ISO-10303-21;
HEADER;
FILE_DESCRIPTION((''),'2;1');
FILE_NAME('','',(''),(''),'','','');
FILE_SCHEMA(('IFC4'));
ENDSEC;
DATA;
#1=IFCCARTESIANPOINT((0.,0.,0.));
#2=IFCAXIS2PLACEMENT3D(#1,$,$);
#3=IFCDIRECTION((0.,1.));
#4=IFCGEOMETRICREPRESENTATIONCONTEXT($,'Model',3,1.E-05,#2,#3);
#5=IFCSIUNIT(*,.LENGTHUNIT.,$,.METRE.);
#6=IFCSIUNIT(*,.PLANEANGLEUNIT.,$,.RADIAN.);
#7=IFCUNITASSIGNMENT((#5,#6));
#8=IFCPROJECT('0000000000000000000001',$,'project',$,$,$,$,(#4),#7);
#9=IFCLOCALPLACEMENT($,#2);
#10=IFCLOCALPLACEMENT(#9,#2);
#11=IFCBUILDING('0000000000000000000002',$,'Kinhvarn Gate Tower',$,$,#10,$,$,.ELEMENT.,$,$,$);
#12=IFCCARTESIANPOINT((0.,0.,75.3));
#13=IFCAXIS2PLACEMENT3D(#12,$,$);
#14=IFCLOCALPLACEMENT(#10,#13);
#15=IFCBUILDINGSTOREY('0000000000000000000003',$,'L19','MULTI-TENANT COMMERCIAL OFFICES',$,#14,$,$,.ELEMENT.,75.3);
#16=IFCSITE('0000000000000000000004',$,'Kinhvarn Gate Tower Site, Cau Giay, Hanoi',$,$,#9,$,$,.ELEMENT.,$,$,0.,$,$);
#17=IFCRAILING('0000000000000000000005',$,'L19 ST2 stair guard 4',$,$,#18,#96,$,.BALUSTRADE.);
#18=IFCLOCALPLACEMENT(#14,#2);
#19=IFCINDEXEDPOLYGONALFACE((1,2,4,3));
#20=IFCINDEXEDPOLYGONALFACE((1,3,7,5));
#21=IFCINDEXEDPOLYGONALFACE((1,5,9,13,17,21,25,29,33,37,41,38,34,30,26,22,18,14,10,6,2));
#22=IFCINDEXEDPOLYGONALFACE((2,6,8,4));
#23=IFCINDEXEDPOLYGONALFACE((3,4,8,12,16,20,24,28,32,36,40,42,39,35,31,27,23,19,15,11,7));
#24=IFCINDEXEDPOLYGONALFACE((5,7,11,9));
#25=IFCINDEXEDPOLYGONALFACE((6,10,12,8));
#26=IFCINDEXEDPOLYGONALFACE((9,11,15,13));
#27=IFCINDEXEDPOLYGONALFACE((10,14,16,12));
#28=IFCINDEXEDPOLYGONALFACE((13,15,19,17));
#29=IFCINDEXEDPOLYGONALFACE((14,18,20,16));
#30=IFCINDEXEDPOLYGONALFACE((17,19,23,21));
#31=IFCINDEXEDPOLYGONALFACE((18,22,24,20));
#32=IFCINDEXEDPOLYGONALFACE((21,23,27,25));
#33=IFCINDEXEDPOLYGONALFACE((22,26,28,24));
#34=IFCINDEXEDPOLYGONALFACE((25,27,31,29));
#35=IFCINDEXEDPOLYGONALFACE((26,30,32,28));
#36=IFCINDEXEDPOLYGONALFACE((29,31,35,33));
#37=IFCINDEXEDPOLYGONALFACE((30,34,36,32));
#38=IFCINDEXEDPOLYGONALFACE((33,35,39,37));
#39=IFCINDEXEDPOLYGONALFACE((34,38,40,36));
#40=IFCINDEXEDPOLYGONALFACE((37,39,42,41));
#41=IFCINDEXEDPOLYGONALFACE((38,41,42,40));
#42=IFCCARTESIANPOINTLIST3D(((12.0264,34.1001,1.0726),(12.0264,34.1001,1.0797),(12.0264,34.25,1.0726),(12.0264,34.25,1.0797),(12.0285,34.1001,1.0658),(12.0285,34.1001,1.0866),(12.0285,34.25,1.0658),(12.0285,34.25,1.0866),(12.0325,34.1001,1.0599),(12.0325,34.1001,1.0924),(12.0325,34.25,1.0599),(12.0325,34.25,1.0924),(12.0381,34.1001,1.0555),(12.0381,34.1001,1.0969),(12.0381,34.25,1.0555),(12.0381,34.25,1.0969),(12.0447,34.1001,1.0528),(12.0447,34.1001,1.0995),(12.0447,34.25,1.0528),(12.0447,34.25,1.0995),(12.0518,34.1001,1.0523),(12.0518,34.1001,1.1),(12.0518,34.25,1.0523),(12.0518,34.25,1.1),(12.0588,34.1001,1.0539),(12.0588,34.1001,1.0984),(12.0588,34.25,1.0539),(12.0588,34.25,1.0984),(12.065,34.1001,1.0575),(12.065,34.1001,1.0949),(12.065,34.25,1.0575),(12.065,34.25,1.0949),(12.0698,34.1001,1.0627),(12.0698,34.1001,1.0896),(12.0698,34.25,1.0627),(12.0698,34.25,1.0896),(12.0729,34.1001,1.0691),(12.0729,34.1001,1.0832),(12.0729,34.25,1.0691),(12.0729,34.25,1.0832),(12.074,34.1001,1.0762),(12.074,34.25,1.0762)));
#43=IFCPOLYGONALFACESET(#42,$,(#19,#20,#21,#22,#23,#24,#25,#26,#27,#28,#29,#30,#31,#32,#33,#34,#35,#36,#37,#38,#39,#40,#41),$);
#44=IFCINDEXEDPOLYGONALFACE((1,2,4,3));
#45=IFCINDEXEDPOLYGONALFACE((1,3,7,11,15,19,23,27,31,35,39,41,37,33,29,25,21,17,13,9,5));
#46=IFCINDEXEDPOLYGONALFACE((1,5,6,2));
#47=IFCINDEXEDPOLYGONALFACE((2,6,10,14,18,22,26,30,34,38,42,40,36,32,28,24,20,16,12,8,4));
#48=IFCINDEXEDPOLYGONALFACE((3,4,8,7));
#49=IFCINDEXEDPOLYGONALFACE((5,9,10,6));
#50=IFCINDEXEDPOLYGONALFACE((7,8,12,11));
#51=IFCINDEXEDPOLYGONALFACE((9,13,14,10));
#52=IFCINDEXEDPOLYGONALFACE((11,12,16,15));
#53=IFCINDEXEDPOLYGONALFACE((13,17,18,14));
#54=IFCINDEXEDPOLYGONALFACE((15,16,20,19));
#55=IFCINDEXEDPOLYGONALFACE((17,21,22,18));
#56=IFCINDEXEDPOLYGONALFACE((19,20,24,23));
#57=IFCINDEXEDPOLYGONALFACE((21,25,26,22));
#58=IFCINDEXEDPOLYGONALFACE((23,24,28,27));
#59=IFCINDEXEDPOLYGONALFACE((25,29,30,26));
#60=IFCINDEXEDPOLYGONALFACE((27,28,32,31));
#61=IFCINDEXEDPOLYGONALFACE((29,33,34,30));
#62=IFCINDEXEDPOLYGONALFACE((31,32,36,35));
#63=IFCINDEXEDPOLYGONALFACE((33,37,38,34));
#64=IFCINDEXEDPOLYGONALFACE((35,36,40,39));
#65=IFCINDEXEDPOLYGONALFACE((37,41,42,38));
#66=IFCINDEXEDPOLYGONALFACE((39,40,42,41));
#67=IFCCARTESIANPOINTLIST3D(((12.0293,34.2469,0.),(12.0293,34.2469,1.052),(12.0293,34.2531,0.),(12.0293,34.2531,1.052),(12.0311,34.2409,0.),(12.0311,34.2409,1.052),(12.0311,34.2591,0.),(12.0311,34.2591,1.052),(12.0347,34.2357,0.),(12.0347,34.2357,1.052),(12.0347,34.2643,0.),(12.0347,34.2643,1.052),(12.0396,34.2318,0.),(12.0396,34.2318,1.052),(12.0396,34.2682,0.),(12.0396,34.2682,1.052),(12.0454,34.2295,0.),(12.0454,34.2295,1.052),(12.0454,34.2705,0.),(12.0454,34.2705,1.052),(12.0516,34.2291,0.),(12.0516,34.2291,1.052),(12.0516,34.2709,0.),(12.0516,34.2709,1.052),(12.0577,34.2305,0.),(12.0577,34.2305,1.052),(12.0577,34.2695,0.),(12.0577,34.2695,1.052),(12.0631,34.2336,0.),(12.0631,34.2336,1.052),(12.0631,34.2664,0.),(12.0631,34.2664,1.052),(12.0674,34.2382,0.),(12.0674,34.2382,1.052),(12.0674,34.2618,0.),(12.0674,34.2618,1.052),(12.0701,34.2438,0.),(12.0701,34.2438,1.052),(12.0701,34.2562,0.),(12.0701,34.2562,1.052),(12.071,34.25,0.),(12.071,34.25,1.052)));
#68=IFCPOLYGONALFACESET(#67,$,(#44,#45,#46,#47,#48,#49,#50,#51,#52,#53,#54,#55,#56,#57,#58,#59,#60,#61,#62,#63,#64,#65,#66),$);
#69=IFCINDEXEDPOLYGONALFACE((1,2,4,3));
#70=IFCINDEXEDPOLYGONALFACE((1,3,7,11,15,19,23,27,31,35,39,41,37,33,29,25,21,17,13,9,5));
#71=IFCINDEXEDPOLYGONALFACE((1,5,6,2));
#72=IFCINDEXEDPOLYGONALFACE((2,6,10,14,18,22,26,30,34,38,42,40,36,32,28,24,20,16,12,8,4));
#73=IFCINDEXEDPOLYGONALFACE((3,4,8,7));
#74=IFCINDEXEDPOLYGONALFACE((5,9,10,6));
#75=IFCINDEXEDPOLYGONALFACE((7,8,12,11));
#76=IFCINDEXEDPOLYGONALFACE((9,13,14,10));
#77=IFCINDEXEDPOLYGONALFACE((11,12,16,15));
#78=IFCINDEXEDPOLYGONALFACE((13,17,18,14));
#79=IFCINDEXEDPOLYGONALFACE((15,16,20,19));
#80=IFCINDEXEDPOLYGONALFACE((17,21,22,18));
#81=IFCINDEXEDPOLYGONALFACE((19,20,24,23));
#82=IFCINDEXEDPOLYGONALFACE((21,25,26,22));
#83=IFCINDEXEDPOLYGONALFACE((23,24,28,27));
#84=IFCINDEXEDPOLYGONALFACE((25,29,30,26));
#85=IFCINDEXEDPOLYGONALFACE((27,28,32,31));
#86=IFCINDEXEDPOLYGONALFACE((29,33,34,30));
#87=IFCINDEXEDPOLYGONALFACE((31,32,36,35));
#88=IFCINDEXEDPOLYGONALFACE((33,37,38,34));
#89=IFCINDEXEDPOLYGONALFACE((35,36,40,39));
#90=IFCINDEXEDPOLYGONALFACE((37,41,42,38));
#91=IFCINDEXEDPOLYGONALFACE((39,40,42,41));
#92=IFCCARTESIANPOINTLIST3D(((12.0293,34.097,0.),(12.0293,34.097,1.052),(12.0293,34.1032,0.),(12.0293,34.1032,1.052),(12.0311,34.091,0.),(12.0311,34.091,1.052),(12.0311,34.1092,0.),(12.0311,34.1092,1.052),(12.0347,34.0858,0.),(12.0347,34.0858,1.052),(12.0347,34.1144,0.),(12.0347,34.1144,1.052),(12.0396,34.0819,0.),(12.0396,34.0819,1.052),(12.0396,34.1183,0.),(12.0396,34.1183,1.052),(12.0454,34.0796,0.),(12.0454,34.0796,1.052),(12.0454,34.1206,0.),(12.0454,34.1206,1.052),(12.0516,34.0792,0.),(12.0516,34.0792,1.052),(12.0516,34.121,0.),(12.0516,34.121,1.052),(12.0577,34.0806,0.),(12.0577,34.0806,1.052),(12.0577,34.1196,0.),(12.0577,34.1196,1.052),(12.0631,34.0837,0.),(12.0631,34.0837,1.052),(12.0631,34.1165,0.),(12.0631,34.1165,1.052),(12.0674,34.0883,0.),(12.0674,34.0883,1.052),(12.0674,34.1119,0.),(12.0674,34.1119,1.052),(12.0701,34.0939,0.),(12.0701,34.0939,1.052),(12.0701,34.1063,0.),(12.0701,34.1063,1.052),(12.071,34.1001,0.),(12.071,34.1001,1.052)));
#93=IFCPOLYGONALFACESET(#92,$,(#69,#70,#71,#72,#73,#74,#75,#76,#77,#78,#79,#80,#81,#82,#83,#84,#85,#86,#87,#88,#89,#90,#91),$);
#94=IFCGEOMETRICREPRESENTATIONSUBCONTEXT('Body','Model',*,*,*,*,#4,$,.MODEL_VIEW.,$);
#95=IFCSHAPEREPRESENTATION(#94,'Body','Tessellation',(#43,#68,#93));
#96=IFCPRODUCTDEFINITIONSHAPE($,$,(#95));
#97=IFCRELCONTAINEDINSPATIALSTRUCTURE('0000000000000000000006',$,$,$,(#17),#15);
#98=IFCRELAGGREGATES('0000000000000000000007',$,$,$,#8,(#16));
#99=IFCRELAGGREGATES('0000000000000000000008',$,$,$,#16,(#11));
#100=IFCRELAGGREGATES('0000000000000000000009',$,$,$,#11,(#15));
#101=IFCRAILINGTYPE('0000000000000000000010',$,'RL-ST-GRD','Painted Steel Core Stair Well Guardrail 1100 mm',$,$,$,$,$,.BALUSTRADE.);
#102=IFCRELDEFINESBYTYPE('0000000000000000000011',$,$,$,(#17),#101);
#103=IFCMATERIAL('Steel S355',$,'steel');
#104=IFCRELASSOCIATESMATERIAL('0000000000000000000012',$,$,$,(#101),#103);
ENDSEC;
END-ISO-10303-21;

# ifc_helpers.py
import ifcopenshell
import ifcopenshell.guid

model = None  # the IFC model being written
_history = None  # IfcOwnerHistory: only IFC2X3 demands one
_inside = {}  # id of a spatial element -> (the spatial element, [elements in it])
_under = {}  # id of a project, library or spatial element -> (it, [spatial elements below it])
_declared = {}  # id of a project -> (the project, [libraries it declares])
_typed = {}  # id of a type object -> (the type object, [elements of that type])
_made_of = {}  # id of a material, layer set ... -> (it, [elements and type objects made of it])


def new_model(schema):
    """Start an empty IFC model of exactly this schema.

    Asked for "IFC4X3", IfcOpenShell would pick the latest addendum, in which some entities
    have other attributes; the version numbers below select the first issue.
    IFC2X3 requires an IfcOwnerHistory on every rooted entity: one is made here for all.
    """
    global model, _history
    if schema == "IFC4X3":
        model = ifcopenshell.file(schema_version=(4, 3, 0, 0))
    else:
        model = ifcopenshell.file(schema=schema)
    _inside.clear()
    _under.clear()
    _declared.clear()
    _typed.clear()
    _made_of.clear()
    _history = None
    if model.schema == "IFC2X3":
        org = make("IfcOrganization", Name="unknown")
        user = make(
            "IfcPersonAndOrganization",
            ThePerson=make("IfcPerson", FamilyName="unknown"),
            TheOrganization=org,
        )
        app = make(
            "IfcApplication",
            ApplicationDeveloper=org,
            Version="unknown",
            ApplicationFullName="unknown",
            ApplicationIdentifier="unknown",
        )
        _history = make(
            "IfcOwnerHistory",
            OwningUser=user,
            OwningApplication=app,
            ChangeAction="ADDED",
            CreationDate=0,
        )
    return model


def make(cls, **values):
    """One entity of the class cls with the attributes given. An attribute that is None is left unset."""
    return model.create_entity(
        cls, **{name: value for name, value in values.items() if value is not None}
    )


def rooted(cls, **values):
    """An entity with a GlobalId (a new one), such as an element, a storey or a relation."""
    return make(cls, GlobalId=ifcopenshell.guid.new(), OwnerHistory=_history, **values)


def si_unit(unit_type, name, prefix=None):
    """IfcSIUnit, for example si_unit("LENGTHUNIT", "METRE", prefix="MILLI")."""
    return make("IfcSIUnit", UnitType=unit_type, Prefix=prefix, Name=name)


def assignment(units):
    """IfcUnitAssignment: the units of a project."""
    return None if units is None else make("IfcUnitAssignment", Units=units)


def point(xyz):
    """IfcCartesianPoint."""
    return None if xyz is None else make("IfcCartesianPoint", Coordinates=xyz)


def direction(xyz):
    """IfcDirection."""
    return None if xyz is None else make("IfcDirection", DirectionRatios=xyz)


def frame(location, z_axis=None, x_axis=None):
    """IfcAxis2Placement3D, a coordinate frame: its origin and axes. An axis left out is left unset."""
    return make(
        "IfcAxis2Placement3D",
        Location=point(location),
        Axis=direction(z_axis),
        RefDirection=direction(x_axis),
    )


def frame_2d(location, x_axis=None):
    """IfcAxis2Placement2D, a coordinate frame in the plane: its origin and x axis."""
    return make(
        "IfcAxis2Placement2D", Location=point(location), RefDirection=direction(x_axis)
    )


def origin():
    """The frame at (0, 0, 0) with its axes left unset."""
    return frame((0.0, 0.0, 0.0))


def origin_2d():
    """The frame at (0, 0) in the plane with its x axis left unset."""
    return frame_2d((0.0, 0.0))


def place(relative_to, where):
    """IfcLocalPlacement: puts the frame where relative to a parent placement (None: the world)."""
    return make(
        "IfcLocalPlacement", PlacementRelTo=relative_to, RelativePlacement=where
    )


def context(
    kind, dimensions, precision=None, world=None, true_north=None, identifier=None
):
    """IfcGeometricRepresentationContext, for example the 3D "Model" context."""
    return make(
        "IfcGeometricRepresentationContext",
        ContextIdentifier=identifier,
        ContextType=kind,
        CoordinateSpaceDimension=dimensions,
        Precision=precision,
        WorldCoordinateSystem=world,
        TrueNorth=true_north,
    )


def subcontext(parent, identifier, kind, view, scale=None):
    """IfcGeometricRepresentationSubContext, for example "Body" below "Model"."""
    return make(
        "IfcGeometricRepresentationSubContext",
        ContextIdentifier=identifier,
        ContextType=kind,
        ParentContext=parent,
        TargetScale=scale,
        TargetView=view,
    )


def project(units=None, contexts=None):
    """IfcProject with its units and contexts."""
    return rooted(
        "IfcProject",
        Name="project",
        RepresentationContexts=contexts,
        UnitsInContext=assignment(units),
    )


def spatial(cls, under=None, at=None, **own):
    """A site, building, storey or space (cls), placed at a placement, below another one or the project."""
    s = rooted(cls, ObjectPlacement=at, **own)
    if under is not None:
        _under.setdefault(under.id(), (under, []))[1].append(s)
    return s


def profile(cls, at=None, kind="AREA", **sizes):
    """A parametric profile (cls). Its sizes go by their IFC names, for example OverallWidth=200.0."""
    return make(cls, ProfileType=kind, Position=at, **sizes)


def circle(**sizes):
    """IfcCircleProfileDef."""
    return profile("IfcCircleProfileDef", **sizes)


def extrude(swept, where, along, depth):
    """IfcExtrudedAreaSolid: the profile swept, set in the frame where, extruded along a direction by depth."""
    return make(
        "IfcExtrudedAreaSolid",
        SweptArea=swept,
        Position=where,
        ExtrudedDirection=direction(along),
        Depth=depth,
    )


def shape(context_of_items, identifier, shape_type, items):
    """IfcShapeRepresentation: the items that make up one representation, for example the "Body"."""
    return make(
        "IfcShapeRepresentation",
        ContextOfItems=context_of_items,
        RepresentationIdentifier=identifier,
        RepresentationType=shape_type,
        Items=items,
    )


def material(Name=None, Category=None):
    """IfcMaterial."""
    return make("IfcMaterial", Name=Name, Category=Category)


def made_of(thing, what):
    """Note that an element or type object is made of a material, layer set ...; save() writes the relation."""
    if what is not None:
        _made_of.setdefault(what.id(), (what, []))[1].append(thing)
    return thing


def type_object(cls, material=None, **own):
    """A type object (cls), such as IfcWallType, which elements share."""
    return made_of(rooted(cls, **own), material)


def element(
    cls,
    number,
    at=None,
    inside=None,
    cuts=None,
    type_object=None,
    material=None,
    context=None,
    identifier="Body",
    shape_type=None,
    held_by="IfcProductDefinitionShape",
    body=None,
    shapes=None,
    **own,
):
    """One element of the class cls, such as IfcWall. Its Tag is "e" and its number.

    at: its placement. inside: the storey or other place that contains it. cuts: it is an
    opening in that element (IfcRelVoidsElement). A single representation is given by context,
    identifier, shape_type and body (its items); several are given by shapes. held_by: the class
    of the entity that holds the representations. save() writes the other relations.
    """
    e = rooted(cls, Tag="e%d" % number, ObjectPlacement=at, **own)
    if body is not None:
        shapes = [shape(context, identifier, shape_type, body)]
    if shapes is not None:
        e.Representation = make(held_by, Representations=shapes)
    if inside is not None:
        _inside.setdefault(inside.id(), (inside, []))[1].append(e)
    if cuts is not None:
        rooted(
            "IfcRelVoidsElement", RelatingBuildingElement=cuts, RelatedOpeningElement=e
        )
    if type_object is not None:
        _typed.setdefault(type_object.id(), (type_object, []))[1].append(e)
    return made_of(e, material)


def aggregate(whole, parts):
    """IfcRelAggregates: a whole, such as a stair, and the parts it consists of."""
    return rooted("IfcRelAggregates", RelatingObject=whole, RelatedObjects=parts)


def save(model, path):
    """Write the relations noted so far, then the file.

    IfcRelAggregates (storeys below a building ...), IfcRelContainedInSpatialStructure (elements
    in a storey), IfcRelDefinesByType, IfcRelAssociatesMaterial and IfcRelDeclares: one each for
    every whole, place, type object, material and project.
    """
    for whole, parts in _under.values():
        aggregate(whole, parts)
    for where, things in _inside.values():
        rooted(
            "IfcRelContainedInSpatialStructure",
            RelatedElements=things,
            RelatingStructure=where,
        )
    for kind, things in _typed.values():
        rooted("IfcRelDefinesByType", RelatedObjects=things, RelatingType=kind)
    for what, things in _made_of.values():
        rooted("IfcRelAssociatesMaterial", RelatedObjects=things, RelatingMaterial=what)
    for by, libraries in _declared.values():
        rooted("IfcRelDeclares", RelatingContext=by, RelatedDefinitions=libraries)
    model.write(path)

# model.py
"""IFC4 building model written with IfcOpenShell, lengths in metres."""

from ifc_helpers import new_model, si_unit, direction, frame, origin, origin_2d, place, context, subcontext, project, spatial, circle, extrude, material, type_object, element, save


model = new_model("IFC4")

# Units and contexts
model_context = context("Model", 3, precision=1e-05, world=origin(), true_north=direction((0.0, 1.0)))
body_context = subcontext(model_context, "Body", "Model", "MODEL_VIEW")
ifc_project = project(units=[si_unit("LENGTHUNIT", "METRE"), si_unit("PLANEANGLEUNIT", "RADIAN")], contexts=[model_context])

# Site, building, storey
site_placement = place(None, origin())
site = spatial("IfcSite", under=ifc_project, at=site_placement, Name="Kinhvarn Gate Tower Site, Cau Giay, Hanoi", CompositionType="ELEMENT", RefElevation=0.0)
building_placement = place(site_placement, origin())
building = spatial("IfcBuilding", under=site, at=building_placement, Name="Kinhvarn Gate Tower", CompositionType="ELEMENT")
storey_placement = place(building_placement, frame((0.0, 0.0, 75.3)))
storey = spatial("IfcBuildingStorey", under=building, at=storey_placement, Name="L19", Description="MULTI-TENANT COMMERCIAL OFFICES", CompositionType="ELEMENT", Elevation=75.3)

# Shared definitions
ifc_material_1 = material(Name="Steel S355", Category="steel")

# Railing
railing_type_1 = type_object("IfcRailingType", Name="RL-ST-GRD", Description="Painted Steel Core Stair Well Guardrail 1100 mm", PredefinedType="BALUSTRADE", material=ifc_material_1)
railing_1_placement = place(storey_placement, frame((12.05, 34.25, 0.0)))
element("IfcRailing", 1, at=railing_1_placement, inside=storey, type_object=railing_type_1, Name="L19 ST2 stair guard 4", PredefinedType="BALUSTRADE", context=body_context, shape_type="SweptSolid", body=[
    extrude(circle(Radius=0.0239, at=origin_2d()), frame((0.0, 0.0, 1.0762), z_axis=(0.0, -1.0, 0.0), x_axis=(1.0, 0.0, 0.0)), (0.0, 0.0, 1.0), 0.1499),
    extrude(circle(Radius=0.021, at=origin_2d()), origin(), (0.0, 0.0, 1.0), 1.052),
    extrude(circle(Radius=0.021, at=origin_2d()), frame((0.0, -0.1499, 0.0)), (0.0, 0.0, 1.0), 1.052),
])

save(model, "model.ifc")
